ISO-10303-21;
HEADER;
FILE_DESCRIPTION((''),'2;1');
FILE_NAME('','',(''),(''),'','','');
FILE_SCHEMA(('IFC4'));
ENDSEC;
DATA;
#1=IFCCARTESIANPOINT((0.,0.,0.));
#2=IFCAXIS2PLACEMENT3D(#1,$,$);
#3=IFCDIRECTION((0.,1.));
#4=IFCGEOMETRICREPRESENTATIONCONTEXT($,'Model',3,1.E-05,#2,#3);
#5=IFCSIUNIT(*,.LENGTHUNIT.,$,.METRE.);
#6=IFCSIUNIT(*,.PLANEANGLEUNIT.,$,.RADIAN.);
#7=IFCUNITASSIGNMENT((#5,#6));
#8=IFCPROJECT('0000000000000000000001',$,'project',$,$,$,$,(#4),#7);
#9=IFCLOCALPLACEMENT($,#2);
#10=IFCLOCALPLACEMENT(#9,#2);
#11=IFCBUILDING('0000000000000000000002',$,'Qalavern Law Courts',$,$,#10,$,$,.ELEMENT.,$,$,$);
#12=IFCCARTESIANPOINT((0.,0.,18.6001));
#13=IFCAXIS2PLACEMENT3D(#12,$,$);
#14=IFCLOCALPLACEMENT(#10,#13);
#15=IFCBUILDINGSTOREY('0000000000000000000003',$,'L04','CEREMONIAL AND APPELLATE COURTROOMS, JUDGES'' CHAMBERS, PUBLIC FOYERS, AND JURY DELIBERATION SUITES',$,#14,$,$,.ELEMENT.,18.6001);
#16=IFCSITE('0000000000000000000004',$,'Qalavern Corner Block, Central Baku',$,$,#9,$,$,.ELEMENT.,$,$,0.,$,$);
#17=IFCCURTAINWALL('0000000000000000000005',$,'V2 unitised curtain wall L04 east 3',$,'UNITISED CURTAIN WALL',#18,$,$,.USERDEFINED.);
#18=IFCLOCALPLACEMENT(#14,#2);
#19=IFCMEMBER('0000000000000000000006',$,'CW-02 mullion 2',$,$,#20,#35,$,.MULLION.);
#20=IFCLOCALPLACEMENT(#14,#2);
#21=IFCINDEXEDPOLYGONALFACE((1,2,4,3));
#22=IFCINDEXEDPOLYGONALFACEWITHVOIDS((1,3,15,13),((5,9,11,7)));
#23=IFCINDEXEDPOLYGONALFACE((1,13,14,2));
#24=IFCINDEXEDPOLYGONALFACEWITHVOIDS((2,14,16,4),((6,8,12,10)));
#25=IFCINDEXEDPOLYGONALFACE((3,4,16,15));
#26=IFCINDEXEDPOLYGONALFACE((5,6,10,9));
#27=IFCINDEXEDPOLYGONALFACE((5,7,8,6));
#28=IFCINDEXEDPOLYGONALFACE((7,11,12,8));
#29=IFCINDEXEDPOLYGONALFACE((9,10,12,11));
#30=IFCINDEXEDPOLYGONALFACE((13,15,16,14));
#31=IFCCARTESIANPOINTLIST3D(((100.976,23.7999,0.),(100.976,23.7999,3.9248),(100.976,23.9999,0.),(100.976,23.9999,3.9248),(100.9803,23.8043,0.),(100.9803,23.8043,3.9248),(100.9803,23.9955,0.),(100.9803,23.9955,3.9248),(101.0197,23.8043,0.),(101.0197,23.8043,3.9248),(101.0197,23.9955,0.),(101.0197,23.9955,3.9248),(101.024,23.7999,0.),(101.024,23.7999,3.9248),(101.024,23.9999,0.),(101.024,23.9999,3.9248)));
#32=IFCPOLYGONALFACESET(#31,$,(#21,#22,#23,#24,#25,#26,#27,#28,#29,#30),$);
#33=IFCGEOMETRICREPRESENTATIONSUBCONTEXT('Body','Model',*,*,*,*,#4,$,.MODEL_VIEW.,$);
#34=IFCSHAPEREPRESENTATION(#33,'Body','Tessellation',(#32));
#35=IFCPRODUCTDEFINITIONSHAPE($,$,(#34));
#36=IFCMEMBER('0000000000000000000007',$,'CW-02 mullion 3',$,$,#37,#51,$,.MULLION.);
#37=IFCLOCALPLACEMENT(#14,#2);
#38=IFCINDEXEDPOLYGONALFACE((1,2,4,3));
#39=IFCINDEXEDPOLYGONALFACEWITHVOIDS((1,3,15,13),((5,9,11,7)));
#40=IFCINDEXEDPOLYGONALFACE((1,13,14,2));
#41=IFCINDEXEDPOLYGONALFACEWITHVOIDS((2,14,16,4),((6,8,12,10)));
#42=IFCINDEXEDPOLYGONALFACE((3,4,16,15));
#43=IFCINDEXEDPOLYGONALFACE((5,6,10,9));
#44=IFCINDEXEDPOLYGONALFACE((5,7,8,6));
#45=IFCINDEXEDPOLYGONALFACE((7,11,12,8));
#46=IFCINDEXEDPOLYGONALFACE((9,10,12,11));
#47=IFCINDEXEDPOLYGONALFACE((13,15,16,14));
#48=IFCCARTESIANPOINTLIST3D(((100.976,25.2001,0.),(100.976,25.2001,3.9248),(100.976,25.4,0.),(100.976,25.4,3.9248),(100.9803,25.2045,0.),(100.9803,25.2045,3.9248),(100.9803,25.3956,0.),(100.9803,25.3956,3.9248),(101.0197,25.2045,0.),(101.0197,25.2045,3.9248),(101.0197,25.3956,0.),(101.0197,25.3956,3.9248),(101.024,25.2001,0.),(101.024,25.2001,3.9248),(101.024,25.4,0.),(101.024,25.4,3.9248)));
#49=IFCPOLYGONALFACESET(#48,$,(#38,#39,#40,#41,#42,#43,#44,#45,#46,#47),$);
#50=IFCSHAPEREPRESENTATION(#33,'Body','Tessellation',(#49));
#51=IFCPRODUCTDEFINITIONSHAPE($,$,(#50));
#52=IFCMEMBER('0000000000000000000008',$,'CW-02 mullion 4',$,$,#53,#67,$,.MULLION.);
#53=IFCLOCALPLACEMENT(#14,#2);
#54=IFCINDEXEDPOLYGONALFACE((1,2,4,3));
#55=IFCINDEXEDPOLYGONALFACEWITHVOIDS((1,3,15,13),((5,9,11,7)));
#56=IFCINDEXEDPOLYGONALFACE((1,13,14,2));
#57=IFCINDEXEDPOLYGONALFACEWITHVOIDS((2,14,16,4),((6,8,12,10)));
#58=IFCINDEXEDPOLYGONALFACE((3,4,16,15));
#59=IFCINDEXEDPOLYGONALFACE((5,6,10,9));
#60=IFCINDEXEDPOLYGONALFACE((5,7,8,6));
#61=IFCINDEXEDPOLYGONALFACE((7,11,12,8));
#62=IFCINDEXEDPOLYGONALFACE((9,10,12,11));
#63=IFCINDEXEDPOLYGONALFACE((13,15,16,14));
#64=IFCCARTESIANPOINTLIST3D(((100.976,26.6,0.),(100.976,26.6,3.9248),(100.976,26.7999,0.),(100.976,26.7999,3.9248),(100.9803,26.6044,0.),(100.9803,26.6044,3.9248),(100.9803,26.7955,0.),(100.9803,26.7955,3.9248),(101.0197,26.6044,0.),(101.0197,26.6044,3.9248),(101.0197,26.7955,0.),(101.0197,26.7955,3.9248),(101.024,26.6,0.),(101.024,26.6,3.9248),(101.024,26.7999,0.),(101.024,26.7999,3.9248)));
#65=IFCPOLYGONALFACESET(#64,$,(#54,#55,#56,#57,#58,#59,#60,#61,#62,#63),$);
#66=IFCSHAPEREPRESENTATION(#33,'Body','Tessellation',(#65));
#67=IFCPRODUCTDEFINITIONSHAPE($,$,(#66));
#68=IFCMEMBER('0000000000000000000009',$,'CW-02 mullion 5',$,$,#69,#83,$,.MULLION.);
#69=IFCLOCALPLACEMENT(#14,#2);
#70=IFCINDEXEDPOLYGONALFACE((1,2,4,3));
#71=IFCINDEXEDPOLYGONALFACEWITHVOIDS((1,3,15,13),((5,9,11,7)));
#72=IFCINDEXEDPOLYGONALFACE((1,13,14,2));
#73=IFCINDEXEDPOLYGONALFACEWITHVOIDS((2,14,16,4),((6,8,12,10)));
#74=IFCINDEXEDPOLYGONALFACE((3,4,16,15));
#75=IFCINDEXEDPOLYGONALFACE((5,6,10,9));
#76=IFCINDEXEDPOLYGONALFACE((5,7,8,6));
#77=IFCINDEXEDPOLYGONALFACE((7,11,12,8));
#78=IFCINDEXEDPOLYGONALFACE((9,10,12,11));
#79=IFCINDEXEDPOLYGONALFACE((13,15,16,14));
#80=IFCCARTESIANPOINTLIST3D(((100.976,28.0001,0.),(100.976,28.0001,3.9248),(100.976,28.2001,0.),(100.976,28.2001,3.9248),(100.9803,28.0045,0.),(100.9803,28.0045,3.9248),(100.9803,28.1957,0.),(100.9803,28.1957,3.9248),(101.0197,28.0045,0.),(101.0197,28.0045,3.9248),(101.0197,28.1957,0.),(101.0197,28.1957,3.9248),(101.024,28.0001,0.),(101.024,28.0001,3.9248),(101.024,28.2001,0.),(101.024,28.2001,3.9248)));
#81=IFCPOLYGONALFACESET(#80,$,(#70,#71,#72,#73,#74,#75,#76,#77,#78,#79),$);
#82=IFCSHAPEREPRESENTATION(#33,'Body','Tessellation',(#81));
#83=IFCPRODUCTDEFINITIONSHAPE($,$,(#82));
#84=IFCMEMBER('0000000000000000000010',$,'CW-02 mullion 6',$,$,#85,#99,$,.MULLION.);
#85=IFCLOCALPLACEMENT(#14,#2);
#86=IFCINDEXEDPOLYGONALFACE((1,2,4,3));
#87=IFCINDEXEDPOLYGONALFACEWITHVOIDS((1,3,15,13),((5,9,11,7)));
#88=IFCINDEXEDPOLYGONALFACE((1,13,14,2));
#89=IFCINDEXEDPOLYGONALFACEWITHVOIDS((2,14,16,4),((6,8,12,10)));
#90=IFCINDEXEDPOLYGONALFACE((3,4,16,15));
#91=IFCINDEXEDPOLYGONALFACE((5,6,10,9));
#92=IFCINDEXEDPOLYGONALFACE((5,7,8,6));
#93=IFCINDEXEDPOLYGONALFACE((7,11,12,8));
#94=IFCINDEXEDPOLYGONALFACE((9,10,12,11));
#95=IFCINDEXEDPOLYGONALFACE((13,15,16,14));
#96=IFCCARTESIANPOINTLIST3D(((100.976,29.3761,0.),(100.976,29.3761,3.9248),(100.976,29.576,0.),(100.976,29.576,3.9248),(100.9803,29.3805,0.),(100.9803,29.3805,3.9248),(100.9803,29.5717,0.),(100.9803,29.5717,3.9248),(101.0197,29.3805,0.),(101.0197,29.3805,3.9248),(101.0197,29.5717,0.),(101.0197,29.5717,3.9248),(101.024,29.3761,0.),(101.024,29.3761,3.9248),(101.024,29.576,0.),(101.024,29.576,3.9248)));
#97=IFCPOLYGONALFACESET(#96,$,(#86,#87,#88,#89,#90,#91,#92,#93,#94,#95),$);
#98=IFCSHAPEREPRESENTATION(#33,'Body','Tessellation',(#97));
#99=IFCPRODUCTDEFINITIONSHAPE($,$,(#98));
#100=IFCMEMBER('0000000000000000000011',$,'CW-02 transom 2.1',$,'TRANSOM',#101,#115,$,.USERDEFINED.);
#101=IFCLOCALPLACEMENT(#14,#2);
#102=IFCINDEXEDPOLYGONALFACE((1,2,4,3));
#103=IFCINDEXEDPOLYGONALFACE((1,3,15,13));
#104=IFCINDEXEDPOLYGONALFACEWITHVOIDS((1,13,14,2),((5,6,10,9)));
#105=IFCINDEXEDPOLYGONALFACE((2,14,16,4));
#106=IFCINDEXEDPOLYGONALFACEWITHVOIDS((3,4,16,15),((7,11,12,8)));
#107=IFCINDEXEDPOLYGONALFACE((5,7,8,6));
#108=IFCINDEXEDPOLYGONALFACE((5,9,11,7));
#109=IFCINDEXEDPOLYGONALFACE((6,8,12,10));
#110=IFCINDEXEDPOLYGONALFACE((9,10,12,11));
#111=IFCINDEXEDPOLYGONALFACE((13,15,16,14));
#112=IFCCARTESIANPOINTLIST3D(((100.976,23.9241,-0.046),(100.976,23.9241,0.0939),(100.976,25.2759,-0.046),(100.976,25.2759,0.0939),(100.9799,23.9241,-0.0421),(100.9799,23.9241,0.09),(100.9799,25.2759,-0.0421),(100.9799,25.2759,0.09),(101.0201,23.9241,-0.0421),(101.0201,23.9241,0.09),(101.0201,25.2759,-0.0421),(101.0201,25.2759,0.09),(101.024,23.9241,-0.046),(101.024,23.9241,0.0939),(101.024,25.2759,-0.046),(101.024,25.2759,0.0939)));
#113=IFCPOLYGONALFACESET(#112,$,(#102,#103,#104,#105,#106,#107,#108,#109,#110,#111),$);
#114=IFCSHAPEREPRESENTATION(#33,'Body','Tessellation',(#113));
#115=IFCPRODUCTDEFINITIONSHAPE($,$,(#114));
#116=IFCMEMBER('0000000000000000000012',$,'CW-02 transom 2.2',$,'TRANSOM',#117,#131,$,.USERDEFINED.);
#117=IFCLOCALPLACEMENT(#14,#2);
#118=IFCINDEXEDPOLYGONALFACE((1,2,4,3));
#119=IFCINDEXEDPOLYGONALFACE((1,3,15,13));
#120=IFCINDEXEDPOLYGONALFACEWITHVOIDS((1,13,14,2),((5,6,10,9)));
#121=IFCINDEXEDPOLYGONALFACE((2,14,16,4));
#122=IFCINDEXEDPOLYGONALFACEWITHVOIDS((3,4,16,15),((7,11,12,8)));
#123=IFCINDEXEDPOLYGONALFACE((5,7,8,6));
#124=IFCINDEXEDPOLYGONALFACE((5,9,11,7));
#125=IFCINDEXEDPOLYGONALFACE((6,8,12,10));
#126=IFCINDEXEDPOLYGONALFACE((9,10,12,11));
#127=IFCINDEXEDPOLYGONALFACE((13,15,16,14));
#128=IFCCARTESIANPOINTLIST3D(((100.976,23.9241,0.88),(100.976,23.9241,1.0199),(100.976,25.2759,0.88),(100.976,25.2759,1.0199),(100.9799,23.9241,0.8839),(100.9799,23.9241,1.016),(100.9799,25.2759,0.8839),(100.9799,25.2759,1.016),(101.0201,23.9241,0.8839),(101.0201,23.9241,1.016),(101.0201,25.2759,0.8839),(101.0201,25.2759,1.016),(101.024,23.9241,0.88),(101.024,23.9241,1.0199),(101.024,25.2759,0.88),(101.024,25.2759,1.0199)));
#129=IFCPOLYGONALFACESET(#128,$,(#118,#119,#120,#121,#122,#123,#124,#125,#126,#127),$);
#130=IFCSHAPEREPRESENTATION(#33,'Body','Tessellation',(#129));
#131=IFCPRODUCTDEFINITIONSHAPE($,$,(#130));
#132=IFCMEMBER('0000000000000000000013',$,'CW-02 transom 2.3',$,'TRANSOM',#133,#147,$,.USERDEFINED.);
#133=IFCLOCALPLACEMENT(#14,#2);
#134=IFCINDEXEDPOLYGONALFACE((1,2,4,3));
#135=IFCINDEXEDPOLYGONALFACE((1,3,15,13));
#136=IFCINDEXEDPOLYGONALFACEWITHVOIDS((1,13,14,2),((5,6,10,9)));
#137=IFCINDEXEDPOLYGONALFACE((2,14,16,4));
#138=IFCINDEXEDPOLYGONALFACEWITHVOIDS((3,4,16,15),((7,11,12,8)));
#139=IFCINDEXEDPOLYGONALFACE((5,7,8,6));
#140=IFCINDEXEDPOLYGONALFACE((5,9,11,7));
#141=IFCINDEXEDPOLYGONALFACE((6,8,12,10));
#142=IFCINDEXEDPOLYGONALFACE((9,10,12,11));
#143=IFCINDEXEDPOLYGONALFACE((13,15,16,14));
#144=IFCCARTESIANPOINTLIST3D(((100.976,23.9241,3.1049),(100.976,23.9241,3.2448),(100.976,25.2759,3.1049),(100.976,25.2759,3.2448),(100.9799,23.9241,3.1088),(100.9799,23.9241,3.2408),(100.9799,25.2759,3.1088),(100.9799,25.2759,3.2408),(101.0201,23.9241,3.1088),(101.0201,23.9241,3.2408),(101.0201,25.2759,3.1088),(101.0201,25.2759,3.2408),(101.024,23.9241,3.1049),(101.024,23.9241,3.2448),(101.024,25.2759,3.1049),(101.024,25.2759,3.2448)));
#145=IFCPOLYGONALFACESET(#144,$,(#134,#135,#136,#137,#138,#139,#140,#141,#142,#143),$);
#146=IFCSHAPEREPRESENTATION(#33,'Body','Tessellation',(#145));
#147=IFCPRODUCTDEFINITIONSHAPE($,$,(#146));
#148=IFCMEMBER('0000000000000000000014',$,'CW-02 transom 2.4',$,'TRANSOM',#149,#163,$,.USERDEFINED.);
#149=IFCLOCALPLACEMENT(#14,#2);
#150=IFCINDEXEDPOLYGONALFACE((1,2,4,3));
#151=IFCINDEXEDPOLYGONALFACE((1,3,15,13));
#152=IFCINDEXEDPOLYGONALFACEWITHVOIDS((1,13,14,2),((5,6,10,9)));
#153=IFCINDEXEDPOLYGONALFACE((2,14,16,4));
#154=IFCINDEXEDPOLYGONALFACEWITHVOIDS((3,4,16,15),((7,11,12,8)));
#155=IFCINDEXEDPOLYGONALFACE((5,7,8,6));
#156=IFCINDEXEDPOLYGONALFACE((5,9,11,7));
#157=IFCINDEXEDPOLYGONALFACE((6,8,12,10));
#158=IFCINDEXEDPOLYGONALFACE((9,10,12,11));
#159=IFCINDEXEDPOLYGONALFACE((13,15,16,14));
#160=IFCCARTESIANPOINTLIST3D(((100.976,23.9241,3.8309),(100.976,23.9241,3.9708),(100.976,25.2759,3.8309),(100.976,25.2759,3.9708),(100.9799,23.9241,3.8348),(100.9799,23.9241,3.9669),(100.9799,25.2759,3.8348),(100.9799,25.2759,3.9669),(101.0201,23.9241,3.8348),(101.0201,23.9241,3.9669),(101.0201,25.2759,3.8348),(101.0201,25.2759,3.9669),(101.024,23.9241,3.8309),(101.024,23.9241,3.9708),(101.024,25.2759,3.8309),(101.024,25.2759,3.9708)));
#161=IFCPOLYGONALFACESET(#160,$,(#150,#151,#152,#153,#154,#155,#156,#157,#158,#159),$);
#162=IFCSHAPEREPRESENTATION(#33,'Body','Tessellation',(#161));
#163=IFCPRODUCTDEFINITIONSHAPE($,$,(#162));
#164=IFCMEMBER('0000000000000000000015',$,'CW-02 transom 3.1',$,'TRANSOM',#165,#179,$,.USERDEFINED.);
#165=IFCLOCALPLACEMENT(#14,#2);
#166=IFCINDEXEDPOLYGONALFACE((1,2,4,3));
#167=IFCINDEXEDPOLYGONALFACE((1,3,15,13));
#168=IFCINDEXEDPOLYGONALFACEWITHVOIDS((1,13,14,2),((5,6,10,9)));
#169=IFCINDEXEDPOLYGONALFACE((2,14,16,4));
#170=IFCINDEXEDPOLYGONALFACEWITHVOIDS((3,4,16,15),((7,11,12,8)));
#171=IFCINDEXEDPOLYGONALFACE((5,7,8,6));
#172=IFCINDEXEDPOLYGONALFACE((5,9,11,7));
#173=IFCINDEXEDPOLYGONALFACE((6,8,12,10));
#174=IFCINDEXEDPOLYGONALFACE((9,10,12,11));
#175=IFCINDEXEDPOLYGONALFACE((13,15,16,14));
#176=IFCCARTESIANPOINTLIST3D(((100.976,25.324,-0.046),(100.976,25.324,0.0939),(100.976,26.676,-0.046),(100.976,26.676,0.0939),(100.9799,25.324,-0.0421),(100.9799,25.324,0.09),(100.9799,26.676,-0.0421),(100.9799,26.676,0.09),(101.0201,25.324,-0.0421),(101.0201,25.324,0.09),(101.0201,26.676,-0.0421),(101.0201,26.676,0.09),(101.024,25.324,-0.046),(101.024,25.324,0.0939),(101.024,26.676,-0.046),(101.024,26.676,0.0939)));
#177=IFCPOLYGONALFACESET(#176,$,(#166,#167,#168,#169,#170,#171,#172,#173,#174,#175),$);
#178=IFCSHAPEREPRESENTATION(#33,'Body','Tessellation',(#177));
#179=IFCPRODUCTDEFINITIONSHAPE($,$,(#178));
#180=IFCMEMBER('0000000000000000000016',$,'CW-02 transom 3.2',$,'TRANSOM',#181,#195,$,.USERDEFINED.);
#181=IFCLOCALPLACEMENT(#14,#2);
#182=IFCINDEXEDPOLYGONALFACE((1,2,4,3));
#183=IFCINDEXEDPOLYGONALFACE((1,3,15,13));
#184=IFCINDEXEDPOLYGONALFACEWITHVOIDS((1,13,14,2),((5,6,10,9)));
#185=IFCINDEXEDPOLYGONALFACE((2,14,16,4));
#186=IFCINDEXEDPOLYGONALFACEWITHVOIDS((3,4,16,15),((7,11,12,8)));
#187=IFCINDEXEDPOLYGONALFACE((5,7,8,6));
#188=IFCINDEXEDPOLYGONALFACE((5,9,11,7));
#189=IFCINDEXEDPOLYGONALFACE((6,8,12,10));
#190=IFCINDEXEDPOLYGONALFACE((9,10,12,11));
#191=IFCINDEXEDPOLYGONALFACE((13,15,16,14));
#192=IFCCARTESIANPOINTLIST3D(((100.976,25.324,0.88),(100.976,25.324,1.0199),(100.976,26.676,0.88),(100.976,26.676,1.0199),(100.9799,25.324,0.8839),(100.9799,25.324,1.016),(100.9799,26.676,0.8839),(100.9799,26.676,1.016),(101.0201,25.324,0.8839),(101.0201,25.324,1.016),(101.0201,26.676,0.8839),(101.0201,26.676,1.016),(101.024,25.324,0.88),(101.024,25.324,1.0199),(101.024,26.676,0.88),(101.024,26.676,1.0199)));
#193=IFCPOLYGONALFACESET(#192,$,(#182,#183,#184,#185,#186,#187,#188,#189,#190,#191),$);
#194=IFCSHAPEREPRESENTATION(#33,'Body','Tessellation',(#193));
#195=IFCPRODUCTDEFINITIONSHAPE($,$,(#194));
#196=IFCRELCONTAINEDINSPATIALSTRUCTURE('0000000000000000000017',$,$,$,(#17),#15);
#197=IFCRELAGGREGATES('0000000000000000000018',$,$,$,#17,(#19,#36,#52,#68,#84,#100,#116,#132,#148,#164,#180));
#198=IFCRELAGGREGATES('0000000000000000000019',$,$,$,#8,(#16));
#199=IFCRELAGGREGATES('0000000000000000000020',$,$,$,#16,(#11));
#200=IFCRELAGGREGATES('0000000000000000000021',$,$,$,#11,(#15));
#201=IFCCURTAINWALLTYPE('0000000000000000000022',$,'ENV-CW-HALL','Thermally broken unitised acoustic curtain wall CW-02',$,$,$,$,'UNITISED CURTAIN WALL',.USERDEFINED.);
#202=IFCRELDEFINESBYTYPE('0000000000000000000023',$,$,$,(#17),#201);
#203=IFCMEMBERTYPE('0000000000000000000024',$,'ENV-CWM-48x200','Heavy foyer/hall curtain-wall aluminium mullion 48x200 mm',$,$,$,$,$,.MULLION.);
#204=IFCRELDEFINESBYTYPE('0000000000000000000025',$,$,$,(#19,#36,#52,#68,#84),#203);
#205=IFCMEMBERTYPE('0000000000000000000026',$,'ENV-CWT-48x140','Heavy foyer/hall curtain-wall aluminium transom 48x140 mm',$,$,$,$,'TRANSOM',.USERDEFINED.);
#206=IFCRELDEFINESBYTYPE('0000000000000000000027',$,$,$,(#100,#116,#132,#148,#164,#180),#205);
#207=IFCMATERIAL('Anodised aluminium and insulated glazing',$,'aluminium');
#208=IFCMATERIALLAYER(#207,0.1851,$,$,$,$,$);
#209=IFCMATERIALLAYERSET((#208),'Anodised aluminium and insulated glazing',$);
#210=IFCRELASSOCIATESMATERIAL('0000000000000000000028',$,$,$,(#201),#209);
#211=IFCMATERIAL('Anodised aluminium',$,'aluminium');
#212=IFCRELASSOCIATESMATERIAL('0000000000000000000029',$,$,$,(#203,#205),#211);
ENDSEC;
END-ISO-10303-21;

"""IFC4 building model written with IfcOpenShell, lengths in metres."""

from ifc_helpers import new_model, si_unit, direction, frame, origin, origin_2d, place, context, subcontext, project, spatial, hollow_rectangle, extrude, material, layer, layer_set, material_profile, profile_set, type_object, element, aggregate, save


model = new_model("IFC4")

# Units and contexts
model_context = context("Model", 3, precision=1e-05, world=origin(), true_north=direction((0.0, 1.0)))
body_context = subcontext(model_context, "Body", "Model", "MODEL_VIEW")
ifc_project = project(units=[si_unit("LENGTHUNIT", "METRE"), si_unit("PLANEANGLEUNIT", "RADIAN")], contexts=[model_context])

# Site, building, storey
site_placement = place(None, origin())
site = spatial("IfcSite", under=ifc_project, at=site_placement, Name="Qalavern Corner Block, Central Baku", CompositionType="ELEMENT", RefElevation=0.0)
building_placement = place(site_placement, origin())
building = spatial("IfcBuilding", under=site, at=building_placement, Name="Qalavern Law Courts", CompositionType="ELEMENT")
storey_placement = place(building_placement, frame((0.0, 0.0, 18.6001)))
storey = spatial("IfcBuildingStorey", under=building, at=storey_placement, Name="L04", Description="CEREMONIAL AND APPELLATE COURTROOMS, JUDGES' CHAMBERS, PUBLIC FOYERS, AND JURY DELIBERATION SUITES", CompositionType="ELEMENT", Elevation=18.6001)

# Curtain wall, members
ifc_material_1 = material(Name="Anodised aluminium and insulated glazing", Category="aluminium")
ifc_layer_1 = layer(ifc_material_1, 0.1851)
ifc_layer_set_1 = layer_set([ifc_layer_1], Name="Anodised aluminium and insulated glazing")
curtain_wall_type = type_object("IfcCurtainWallType", Name="ENV-CW-HALL", Description="Thermally broken unitised acoustic curtain wall CW-02", ElementType="UNITISED CURTAIN WALL", PredefinedType="USERDEFINED", material=ifc_layer_set_1)
curtain_wall_placement = place(storey_placement, origin())
curtain_wall = element("IfcCurtainWall", 1, at=curtain_wall_placement, inside=storey, type_object=curtain_wall_type, Name="V2 unitised curtain wall L04 east 3", ObjectType="UNITISED CURTAIN WALL", PredefinedType="USERDEFINED")
ifc_material_2 = material(Name="Anodised aluminium", Category="aluminium")
ifc_material_profile_1 = material_profile(ifc_material_2, hollow_rectangle(XDim=0.0481, YDim=0.2, WallThickness=0.0044, at=origin_2d()), Name="ALU MULLION 48x200")
ifc_profile_set_1 = profile_set([ifc_material_profile_1], Name="Anodised aluminium")
member_type_1 = type_object("IfcMemberType", Name="ENV-CWM-48x200", Description="Heavy foyer/hall curtain-wall aluminium mullion 48x200 mm", PredefinedType="MULLION", material=ifc_profile_set_1)
member_1_placement = place(storey_placement, frame((101.0, 23.8999, 0.0), z_axis=(0.0, 0.0, 1.0), x_axis=(-1.0, 0.0, 0.0)))
member_1 = element("IfcMember", 2, at=member_1_placement, type_object=member_type_1, Name="CW-02 mullion 2", PredefinedType="MULLION", context=body_context, shape_type="SweptSolid", body=[
    extrude(hollow_rectangle(XDim=0.0481, YDim=0.2, WallThickness=0.0044, at=origin_2d()), origin(), (0.0, 0.0, 1.0), 3.9248),
])
member_2_placement = place(storey_placement, frame((101.0, 25.3, 0.0), z_axis=(0.0, 0.0, 1.0), x_axis=(-1.0, 0.0, 0.0)))
member_2 = element("IfcMember", 3, at=member_2_placement, type_object=member_type_1, Name="CW-02 mullion 3", PredefinedType="MULLION", context=body_context, shape_type="SweptSolid", body=[
    extrude(hollow_rectangle(XDim=0.0481, YDim=0.2, WallThickness=0.0044, at=origin_2d()), origin(), (0.0, 0.0, 1.0), 3.9248),
])
member_3_placement = place(storey_placement, frame((101.0, 26.7, 0.0), z_axis=(0.0, 0.0, 1.0), x_axis=(-1.0, 0.0, 0.0)))
member_3 = element("IfcMember", 4, at=member_3_placement, type_object=member_type_1, Name="CW-02 mullion 4", PredefinedType="MULLION", context=body_context, shape_type="SweptSolid", body=[
    extrude(hollow_rectangle(XDim=0.0481, YDim=0.2, WallThickness=0.0044, at=origin_2d()), origin(), (0.0, 0.0, 1.0), 3.9248),
])
member_4_placement = place(storey_placement, frame((101.0, 28.1001, 0.0), z_axis=(0.0, 0.0, 1.0), x_axis=(-1.0, 0.0, 0.0)))
member_4 = element("IfcMember", 5, at=member_4_placement, type_object=member_type_1, Name="CW-02 mullion 5", PredefinedType="MULLION", context=body_context, shape_type="SweptSolid", body=[
    extrude(hollow_rectangle(XDim=0.0481, YDim=0.2, WallThickness=0.0044, at=origin_2d()), origin(), (0.0, 0.0, 1.0), 3.9248),
])
member_5_placement = place(storey_placement, frame((101.0, 29.4761, 0.0), z_axis=(0.0, 0.0, 1.0), x_axis=(-1.0, 0.0, 0.0)))
member_5 = element("IfcMember", 6, at=member_5_placement, type_object=member_type_1, Name="CW-02 mullion 6", PredefinedType="MULLION", context=body_context, shape_type="SweptSolid", body=[
    extrude(hollow_rectangle(XDim=0.0481, YDim=0.2, WallThickness=0.0044, at=origin_2d()), origin(), (0.0, 0.0, 1.0), 3.9248),
])
ifc_material_profile_2 = material_profile(ifc_material_2, hollow_rectangle(XDim=0.0481, YDim=0.1399, WallThickness=0.0039, at=origin_2d()), Name="ALU TRANSOM 48x140")
ifc_profile_set_2 = profile_set([ifc_material_profile_2], Name="Anodised aluminium")
member_type_2 = type_object("IfcMemberType", Name="ENV-CWT-48x140", Description="Heavy foyer/hall curtain-wall aluminium transom 48x140 mm", ElementType="TRANSOM", PredefinedType="USERDEFINED", material=ifc_profile_set_2)
member_6_placement = place(storey_placement, frame((101.0, 23.9241, 0.0239), z_axis=(0.0, 1.0, 0.0), x_axis=(-1.0, 0.0, 0.0)))
member_6 = element("IfcMember", 7, at=member_6_placement, type_object=member_type_2, Name="CW-02 transom 2.1", ObjectType="TRANSOM", PredefinedType="USERDEFINED", context=body_context, shape_type="SweptSolid", body=[
    extrude(hollow_rectangle(XDim=0.0481, YDim=0.1399, WallThickness=0.0039, at=origin_2d()), origin(), (0.0, 0.0, 1.0), 1.3518),
])
member_7_placement = place(storey_placement, frame((101.0, 23.9241, 0.95), z_axis=(0.0, 1.0, 0.0), x_axis=(-1.0, 0.0, 0.0)))
member_7 = element("IfcMember", 8, at=member_7_placement, type_object=member_type_2, Name="CW-02 transom 2.2", ObjectType="TRANSOM", PredefinedType="USERDEFINED", context=body_context, shape_type="SweptSolid", body=[
    extrude(hollow_rectangle(XDim=0.0481, YDim=0.1399, WallThickness=0.0039, at=origin_2d()), origin(), (0.0, 0.0, 1.0), 1.3518),
])
member_8_placement = place(storey_placement, frame((101.0, 23.9241, 3.1748), z_axis=(0.0, 1.0, 0.0), x_axis=(-1.0, 0.0, 0.0)))
member_8 = element("IfcMember", 9, at=member_8_placement, type_object=member_type_2, Name="CW-02 transom 2.3", ObjectType="TRANSOM", PredefinedType="USERDEFINED", context=body_context, shape_type="SweptSolid", body=[
    extrude(hollow_rectangle(XDim=0.0481, YDim=0.1399, WallThickness=0.0039, at=origin_2d()), origin(), (0.0, 0.0, 1.0), 1.3518),
])
member_9_placement = place(storey_placement, frame((101.0, 23.9241, 3.9009), z_axis=(0.0, 1.0, 0.0), x_axis=(-1.0, 0.0, 0.0)))
member_9 = element("IfcMember", 10, at=member_9_placement, type_object=member_type_2, Name="CW-02 transom 2.4", ObjectType="TRANSOM", PredefinedType="USERDEFINED", context=body_context, shape_type="SweptSolid", body=[
    extrude(hollow_rectangle(XDim=0.0481, YDim=0.1399, WallThickness=0.0039, at=origin_2d()), origin(), (0.0, 0.0, 1.0), 1.3518),
])
member_10_placement = place(storey_placement, frame((101.0, 25.324, 0.0239), z_axis=(0.0, 1.0, 0.0), x_axis=(-1.0, 0.0, 0.0)))
member_10 = element("IfcMember", 11, at=member_10_placement, type_object=member_type_2, Name="CW-02 transom 3.1", ObjectType="TRANSOM", PredefinedType="USERDEFINED", context=body_context, shape_type="SweptSolid", body=[
    extrude(hollow_rectangle(XDim=0.0481, YDim=0.1399, WallThickness=0.0039, at=origin_2d()), origin(), (0.0, 0.0, 1.0), 1.3521),
])
member_11_placement = place(storey_placement, frame((101.0, 25.324, 0.95), z_axis=(0.0, 1.0, 0.0), x_axis=(-1.0, 0.0, 0.0)))
member_11 = element("IfcMember", 12, at=member_11_placement, type_object=member_type_2, Name="CW-02 transom 3.2", ObjectType="TRANSOM", PredefinedType="USERDEFINED", context=body_context, shape_type="SweptSolid", body=[
    extrude(hollow_rectangle(XDim=0.0481, YDim=0.1399, WallThickness=0.0039, at=origin_2d()), origin(), (0.0, 0.0, 1.0), 1.3521),
])
aggregate(curtain_wall, [member_1, member_2, member_3, member_4, member_5, member_6, member_7, member_8, member_9, member_10, member_11])

save(model, "model.ifc")
